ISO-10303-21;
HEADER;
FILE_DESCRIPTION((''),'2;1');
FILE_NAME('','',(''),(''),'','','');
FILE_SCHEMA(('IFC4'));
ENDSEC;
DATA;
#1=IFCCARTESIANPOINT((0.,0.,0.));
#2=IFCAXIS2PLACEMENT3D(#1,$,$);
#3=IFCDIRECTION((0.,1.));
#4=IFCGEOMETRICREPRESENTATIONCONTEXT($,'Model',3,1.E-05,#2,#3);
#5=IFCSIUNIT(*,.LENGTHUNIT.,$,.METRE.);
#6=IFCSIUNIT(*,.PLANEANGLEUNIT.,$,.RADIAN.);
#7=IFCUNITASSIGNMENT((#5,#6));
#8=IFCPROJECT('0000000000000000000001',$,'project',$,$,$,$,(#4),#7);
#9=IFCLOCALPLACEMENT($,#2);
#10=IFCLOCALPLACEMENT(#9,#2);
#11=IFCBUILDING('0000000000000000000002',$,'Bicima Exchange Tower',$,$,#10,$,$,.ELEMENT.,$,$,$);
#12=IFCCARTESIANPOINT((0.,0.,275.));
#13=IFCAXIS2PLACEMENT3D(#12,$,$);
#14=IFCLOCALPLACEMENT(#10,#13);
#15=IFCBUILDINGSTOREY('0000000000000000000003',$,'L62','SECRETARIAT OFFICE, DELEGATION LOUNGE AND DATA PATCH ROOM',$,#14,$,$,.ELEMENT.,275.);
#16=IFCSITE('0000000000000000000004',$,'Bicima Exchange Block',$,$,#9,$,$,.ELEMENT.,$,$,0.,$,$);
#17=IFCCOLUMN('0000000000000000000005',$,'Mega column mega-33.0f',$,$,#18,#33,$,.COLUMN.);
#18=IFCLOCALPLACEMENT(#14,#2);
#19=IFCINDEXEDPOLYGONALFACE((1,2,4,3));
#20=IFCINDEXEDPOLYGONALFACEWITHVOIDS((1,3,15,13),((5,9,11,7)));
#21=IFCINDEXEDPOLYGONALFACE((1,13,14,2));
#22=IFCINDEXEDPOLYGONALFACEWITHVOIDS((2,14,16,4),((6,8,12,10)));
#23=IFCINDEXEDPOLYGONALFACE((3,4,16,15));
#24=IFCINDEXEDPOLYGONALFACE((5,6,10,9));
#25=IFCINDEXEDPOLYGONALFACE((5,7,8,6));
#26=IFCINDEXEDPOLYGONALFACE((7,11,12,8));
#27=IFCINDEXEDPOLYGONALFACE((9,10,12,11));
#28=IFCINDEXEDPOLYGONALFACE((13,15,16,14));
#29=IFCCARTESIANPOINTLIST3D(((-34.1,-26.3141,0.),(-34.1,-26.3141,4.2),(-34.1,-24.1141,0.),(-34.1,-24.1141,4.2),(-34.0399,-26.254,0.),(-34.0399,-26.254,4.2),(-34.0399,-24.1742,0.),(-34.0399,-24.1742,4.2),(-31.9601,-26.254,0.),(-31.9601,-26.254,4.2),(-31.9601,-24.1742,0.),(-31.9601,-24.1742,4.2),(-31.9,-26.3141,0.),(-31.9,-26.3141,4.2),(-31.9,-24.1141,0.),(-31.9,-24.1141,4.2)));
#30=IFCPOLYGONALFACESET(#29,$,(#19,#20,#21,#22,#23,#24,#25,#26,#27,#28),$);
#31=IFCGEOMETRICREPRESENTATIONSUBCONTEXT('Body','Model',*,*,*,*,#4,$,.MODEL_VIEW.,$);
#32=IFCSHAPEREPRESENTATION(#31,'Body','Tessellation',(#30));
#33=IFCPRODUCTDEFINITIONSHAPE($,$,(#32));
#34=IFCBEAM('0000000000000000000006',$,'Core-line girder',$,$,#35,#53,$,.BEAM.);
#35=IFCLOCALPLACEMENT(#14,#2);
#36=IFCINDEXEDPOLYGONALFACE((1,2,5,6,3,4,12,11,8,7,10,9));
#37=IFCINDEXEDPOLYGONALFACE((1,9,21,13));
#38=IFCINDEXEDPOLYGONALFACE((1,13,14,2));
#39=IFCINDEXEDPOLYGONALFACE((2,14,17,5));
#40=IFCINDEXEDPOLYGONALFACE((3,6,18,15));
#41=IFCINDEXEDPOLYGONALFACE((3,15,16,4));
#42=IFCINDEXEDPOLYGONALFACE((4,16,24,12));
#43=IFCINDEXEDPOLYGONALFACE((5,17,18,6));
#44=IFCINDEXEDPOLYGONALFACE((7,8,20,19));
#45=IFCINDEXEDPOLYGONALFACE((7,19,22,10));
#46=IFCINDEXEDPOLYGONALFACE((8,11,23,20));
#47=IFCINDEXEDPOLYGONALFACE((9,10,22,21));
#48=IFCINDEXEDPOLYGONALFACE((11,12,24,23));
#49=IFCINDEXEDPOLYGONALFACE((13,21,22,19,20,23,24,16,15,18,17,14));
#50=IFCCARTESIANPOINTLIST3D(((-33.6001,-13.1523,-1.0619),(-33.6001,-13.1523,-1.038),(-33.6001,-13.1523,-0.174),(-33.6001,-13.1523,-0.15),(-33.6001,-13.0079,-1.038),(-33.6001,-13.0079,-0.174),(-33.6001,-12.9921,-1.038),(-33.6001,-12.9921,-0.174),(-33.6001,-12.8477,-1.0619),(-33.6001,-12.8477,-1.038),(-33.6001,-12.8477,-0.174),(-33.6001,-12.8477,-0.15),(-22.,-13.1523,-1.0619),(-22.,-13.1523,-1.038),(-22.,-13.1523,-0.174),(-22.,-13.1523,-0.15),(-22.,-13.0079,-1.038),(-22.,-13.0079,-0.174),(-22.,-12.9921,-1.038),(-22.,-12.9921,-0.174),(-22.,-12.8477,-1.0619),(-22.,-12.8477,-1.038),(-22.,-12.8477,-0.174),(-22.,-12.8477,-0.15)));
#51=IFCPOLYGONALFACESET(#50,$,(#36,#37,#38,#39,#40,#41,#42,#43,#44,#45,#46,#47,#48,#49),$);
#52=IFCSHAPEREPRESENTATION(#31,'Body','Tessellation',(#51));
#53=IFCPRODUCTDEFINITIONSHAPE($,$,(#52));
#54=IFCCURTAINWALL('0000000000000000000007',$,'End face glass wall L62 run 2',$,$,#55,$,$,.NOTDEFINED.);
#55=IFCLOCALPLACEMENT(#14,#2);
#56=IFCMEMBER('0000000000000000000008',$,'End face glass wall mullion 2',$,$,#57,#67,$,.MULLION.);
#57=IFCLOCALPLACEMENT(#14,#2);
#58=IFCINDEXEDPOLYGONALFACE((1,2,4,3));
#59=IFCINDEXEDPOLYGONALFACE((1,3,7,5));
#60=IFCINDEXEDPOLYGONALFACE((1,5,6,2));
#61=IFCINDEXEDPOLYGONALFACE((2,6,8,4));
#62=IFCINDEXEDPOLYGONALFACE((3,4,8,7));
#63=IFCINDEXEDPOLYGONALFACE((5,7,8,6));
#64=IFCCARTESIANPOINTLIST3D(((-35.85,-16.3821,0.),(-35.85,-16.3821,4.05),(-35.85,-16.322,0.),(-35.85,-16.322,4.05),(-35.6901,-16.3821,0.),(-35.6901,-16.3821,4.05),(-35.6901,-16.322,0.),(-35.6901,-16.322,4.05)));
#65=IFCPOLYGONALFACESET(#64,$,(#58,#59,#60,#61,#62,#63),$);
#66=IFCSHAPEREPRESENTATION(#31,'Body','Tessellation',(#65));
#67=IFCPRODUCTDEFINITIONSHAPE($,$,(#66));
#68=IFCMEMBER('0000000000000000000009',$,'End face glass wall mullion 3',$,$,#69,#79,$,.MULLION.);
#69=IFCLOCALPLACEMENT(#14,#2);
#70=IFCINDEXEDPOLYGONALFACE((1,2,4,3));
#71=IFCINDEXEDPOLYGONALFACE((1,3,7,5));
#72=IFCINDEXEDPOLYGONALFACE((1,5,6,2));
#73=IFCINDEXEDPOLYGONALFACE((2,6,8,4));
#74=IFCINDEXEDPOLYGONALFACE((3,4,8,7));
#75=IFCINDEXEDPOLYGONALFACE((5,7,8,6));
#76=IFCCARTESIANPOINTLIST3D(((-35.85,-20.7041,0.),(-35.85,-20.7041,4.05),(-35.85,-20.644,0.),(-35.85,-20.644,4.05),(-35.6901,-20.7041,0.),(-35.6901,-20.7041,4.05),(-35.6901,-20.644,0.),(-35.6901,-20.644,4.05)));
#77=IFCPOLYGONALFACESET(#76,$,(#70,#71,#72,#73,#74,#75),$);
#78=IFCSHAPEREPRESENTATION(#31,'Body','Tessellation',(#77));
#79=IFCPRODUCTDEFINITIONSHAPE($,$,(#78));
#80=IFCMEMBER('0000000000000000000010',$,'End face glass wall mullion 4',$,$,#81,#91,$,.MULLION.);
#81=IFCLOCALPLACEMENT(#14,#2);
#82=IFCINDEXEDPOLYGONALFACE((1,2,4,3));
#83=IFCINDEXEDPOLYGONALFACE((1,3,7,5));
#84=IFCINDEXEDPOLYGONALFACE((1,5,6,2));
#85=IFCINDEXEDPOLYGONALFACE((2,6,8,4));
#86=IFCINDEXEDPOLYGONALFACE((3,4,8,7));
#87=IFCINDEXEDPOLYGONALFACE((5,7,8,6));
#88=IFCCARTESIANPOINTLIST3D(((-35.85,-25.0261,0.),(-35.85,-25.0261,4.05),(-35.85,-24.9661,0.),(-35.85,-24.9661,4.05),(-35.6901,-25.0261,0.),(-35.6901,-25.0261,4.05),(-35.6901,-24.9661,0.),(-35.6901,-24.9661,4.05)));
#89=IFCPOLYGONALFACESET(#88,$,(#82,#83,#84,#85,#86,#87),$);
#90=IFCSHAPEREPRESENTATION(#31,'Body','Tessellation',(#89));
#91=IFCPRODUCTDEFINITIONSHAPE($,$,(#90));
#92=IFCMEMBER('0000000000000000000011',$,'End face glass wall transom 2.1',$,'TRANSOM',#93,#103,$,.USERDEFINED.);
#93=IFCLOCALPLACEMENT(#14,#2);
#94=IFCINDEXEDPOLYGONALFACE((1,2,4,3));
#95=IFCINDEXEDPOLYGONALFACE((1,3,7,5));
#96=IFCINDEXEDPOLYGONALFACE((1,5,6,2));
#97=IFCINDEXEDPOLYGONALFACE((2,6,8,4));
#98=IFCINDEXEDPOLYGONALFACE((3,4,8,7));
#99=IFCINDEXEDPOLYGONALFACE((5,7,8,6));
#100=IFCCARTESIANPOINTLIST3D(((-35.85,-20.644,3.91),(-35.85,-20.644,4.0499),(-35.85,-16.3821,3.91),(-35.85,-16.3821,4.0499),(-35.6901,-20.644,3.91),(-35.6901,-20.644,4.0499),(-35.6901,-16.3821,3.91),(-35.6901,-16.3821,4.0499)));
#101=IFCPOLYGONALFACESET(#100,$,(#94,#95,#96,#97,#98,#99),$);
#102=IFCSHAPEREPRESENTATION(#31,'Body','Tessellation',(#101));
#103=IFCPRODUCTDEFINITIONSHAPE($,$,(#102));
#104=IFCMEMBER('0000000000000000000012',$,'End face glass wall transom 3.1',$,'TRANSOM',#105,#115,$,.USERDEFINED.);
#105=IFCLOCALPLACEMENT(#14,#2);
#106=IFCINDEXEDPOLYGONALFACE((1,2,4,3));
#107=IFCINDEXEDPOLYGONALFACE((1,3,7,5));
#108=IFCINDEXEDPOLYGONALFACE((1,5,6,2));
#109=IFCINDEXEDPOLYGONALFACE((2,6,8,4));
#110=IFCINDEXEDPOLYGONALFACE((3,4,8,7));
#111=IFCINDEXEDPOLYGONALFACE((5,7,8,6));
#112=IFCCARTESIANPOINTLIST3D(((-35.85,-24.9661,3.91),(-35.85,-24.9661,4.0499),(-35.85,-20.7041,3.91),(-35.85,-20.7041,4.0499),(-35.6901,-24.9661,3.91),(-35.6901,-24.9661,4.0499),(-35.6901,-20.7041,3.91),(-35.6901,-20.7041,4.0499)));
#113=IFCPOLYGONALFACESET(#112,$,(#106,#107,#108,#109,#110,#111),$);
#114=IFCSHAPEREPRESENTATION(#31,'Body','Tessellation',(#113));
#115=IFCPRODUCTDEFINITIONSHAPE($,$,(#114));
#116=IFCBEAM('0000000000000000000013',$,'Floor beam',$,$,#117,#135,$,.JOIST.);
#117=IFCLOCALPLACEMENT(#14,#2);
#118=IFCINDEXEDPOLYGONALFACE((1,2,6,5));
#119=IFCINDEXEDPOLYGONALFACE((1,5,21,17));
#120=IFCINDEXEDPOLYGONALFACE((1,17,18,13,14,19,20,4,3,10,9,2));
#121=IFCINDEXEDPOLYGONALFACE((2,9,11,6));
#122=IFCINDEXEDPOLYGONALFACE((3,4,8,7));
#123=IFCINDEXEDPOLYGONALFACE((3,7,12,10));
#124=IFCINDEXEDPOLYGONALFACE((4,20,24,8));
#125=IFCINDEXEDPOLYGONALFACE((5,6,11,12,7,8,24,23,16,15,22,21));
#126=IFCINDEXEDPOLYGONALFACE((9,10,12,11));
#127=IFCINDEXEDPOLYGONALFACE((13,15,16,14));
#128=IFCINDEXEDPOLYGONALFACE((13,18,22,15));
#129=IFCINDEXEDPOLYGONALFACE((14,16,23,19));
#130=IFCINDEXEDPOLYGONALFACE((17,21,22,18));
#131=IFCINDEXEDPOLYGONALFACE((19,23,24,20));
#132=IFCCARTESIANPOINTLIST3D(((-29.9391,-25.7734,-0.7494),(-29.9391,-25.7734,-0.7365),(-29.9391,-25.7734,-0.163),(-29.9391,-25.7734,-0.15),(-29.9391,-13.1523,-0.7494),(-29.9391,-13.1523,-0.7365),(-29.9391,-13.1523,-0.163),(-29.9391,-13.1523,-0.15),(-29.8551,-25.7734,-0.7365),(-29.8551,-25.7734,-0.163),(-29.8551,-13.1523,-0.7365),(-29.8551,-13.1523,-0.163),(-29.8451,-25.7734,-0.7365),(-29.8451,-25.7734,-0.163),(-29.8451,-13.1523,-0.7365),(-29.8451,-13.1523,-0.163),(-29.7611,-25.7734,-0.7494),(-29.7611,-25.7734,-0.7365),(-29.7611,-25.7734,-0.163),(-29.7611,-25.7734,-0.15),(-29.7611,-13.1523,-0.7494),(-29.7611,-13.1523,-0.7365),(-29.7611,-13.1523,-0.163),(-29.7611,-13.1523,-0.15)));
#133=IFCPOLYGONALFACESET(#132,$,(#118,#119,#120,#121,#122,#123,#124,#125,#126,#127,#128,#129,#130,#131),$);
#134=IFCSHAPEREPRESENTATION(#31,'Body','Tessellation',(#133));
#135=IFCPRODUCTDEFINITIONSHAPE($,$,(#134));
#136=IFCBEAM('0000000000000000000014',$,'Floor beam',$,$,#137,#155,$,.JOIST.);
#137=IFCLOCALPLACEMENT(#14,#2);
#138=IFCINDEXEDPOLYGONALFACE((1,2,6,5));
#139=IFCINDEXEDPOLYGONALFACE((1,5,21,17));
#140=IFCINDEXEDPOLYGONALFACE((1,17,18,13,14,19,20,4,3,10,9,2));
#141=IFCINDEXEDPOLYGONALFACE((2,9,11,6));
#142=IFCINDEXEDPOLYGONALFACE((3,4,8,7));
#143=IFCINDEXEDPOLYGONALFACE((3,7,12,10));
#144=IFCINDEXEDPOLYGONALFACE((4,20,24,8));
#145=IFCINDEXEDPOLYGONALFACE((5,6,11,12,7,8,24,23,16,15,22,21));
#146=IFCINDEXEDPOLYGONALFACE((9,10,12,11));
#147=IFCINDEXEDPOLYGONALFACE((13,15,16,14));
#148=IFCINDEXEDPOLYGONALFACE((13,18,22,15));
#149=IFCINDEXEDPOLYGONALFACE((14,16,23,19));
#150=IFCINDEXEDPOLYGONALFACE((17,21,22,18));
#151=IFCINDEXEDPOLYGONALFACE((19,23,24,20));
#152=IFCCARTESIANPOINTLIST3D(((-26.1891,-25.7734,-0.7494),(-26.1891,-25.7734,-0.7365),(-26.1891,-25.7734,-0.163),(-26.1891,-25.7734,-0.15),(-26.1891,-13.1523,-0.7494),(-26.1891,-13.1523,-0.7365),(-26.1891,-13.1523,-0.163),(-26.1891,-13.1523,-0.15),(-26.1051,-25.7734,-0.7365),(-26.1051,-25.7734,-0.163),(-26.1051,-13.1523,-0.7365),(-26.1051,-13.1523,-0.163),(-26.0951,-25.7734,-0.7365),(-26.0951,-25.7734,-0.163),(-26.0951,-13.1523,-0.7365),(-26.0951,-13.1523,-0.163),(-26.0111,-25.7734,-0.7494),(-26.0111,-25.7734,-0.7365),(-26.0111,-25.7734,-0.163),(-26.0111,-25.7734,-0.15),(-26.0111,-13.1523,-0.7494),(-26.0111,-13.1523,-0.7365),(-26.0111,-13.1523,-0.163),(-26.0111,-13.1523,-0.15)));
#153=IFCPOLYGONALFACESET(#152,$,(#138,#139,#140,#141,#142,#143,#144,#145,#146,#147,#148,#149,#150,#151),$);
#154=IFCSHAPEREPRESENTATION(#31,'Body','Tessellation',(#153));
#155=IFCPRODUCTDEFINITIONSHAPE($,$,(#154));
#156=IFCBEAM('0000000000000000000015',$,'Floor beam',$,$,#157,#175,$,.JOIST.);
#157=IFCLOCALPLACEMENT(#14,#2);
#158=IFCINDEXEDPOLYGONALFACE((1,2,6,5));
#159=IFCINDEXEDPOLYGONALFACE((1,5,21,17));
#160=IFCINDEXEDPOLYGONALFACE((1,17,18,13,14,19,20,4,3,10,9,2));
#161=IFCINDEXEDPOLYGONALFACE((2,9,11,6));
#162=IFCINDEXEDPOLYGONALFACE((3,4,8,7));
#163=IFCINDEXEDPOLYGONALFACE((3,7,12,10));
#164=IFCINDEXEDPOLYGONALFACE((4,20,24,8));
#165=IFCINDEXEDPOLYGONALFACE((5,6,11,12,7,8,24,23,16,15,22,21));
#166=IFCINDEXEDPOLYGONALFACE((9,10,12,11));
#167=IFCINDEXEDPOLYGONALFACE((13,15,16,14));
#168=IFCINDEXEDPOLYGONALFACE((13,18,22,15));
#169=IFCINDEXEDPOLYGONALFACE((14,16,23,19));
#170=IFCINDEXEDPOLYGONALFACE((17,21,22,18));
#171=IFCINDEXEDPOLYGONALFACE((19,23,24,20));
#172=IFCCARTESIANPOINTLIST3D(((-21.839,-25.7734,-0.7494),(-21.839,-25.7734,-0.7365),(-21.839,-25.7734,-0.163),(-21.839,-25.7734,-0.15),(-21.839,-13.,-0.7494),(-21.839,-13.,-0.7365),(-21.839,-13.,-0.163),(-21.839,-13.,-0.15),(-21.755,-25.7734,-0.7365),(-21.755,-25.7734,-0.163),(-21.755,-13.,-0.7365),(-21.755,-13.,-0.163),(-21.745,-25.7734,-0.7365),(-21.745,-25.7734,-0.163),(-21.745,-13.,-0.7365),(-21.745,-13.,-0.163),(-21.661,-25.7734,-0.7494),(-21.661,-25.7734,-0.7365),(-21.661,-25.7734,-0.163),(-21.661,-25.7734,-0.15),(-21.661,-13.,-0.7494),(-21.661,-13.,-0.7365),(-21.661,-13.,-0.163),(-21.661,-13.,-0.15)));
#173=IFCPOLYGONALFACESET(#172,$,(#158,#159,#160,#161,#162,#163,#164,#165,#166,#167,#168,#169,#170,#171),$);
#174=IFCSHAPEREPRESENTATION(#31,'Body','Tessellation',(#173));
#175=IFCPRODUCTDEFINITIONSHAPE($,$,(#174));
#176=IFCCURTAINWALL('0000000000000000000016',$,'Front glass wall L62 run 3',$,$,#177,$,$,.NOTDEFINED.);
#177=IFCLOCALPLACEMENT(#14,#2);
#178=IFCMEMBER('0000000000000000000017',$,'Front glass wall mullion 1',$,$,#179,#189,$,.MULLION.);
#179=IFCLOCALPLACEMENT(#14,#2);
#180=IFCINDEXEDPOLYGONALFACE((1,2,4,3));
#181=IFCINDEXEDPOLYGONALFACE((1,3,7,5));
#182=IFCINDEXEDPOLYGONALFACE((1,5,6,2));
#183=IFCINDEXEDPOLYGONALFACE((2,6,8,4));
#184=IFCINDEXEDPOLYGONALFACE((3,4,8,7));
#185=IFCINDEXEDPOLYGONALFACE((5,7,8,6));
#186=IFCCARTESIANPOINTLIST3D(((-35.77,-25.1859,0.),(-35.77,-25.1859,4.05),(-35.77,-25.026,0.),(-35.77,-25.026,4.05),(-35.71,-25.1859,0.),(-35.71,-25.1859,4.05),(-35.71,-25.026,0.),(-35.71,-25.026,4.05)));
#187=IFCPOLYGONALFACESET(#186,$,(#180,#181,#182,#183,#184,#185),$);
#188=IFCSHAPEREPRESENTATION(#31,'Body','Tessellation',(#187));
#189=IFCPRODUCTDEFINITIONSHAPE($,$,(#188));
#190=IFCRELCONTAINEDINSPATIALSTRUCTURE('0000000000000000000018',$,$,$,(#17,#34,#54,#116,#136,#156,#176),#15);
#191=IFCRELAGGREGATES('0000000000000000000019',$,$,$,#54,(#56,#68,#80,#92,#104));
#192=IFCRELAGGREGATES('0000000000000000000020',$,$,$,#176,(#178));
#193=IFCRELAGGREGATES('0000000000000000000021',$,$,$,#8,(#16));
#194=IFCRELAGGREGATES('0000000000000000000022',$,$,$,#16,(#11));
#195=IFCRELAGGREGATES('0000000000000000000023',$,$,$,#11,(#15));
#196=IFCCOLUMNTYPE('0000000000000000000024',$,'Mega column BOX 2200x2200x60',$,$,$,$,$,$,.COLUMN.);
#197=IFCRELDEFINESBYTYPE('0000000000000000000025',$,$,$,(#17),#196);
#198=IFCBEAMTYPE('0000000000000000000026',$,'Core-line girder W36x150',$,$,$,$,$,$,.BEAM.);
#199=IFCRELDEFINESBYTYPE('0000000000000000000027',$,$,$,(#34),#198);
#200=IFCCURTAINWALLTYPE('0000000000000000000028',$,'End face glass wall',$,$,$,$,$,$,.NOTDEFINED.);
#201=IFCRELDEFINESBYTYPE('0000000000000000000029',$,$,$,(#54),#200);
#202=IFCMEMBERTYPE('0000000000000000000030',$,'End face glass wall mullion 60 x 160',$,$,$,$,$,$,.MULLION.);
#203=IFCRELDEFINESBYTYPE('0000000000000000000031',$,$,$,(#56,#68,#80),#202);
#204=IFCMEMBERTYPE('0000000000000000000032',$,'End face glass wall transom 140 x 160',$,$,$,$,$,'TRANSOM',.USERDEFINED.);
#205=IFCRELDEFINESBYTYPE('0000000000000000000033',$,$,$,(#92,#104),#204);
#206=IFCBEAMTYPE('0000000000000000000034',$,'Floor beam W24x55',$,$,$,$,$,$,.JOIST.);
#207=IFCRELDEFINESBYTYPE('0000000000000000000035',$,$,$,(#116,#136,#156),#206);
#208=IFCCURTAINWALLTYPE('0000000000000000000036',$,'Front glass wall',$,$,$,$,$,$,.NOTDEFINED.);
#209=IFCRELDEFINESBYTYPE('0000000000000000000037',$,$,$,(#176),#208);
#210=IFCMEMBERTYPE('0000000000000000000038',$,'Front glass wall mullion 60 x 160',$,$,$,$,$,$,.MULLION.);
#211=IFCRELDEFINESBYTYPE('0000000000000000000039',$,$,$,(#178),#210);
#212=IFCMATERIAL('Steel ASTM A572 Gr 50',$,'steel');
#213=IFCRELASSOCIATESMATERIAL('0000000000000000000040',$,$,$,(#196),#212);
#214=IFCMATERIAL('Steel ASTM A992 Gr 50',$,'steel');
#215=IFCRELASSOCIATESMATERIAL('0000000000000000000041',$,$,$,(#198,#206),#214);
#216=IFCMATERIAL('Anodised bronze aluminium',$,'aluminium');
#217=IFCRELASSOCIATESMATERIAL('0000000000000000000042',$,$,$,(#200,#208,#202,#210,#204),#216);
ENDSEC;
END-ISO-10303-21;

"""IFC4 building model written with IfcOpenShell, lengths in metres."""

from ifc_helpers import new_model, si_unit, direction, frame, origin, origin_2d, place, context, subcontext, project, spatial, rectangle, hollow_rectangle, i_section, extrude, material, material_profile, profile_set, type_object, element, aggregate, save


model = new_model("IFC4")

# Units and contexts
model_context = context("Model", 3, precision=1e-05, world=origin(), true_north=direction((0.0, 1.0)))
body_context = subcontext(model_context, "Body", "Model", "MODEL_VIEW")
ifc_project = project(units=[si_unit("LENGTHUNIT", "METRE"), si_unit("PLANEANGLEUNIT", "RADIAN")], contexts=[model_context])

# Site, building, storey
site_placement = place(None, origin())
site = spatial("IfcSite", under=ifc_project, at=site_placement, Name="Bicima Exchange Block", CompositionType="ELEMENT", RefElevation=0.0)
building_placement = place(site_placement, origin())
building = spatial("IfcBuilding", under=site, at=building_placement, Name="Bicima Exchange Tower", CompositionType="ELEMENT")
storey_placement = place(building_placement, frame((0.0, 0.0, 275.0)))
storey = spatial("IfcBuildingStorey", under=building, at=storey_placement, Name="L62", Description="SECRETARIAT OFFICE, DELEGATION LOUNGE AND DATA PATCH ROOM", CompositionType="ELEMENT", Elevation=275.0)

# Column
ifc_material_1 = material(Name="Steel ASTM A572 Gr 50", Category="steel")
ifc_material_profile_1 = material_profile(ifc_material_1, hollow_rectangle(XDim=2.2, YDim=2.2, WallThickness=0.0601, at=origin_2d()))
ifc_profile_set_1 = profile_set([ifc_material_profile_1], Name="Steel ASTM A572 Gr 50")
column_type = type_object("IfcColumnType", Name="Mega column BOX 2200x2200x60", PredefinedType="COLUMN", material=ifc_profile_set_1)
column_placement = place(storey_placement, frame((-33.0, -25.2141, 0.0), z_axis=(0.0, 0.0, 1.0), x_axis=(1.0, 0.0, 0.0)))
element("IfcColumn", 1, at=column_placement, inside=storey, type_object=column_type, Name="Mega column mega-33.0f", PredefinedType="COLUMN", context=body_context, shape_type="SweptSolid", body=[
    extrude(hollow_rectangle(XDim=2.2, YDim=2.2, WallThickness=0.0601, at=origin_2d()), origin(), (0.0, 0.0, 1.0), 4.2),
])

# Beam
ifc_material_2 = material(Name="Steel ASTM A992 Gr 50", Category="steel")
ifc_material_profile_2 = material_profile(ifc_material_2, i_section(OverallWidth=0.3047, OverallDepth=0.9119, WebThickness=0.0159, FlangeThickness=0.0239, at=origin_2d()))
ifc_profile_set_2 = profile_set([ifc_material_profile_2], Name="Steel ASTM A992 Gr 50")
beam_type_1 = type_object("IfcBeamType", Name="Core-line girder W36x150", PredefinedType="BEAM", material=ifc_profile_set_2)
beam_1_placement = place(storey_placement, frame((-22.0, -13.0, -0.606), z_axis=(-1.0, 0.0, 0.0), x_axis=(0.0, -1.0, 0.0)))
element("IfcBeam", 2, at=beam_1_placement, inside=storey, type_object=beam_type_1, Name="Core-line girder", PredefinedType="BEAM", context=body_context, shape_type="SweptSolid", body=[
    extrude(i_section(OverallWidth=0.3047, OverallDepth=0.9119, WebThickness=0.0159, FlangeThickness=0.0239, at=origin_2d()), origin(), (0.0, 0.0, 1.0), 11.6001),
])

# Curtain wall, members
ifc_material_3 = material(Name="Anodised bronze aluminium", Category="aluminium")
curtain_wall_type_1 = type_object("IfcCurtainWallType", Name="End face glass wall", PredefinedType="NOTDEFINED", material=ifc_material_3)
curtain_wall_1_placement = place(storey_placement, origin())
curtain_wall_1 = element("IfcCurtainWall", 3, at=curtain_wall_1_placement, inside=storey, type_object=curtain_wall_type_1, Name="End face glass wall L62 run 2", PredefinedType="NOTDEFINED")
ifc_material_profile_3 = material_profile(ifc_material_3, rectangle(XDim=0.1599, YDim=0.0601, at=origin_2d()))
ifc_profile_set_3 = profile_set([ifc_material_profile_3], Name="Anodised bronze aluminium")
member_type_1 = type_object("IfcMemberType", Name="End face glass wall mullion 60 x 160", PredefinedType="MULLION", material=ifc_profile_set_3)
member_1_placement = place(storey_placement, frame((-35.77, -16.3521, 0.0), z_axis=(0.0, 0.0, 1.0), x_axis=(1.0, 0.0, 0.0)))
member_1 = element("IfcMember", 4, at=member_1_placement, type_object=member_type_1, Name="End face glass wall mullion 2", PredefinedType="MULLION", context=body_context, shape_type="SweptSolid", body=[
    extrude(rectangle(XDim=0.1599, YDim=0.0601, at=origin_2d()), origin(), (0.0, 0.0, 1.0), 4.05),
])
member_2_placement = place(storey_placement, frame((-35.77, -20.6741, 0.0), z_axis=(0.0, 0.0, 1.0), x_axis=(1.0, 0.0, 0.0)))
member_2 = element("IfcMember", 5, at=member_2_placement, type_object=member_type_1, Name="End face glass wall mullion 3", PredefinedType="MULLION", context=body_context, shape_type="SweptSolid", body=[
    extrude(rectangle(XDim=0.1599, YDim=0.0601, at=origin_2d()), origin(), (0.0, 0.0, 1.0), 4.05),
])
member_3_placement = place(storey_placement, frame((-35.77, -24.9961, 0.0), z_axis=(0.0, 0.0, 1.0), x_axis=(1.0, 0.0, 0.0)))
member_3 = element("IfcMember", 6, at=member_3_placement, type_object=member_type_1, Name="End face glass wall mullion 4", PredefinedType="MULLION", context=body_context, shape_type="SweptSolid", body=[
    extrude(rectangle(XDim=0.1599, YDim=0.0601, at=origin_2d()), origin(), (0.0, 0.0, 1.0), 4.05),
])
ifc_material_profile_4 = material_profile(ifc_material_3, rectangle(XDim=0.1599, YDim=0.1399, at=origin_2d()))
ifc_profile_set_4 = profile_set([ifc_material_profile_4], Name="Anodised bronze aluminium")
member_type_2 = type_object("IfcMemberType", Name="End face glass wall transom 140 x 160", ElementType="TRANSOM", PredefinedType="USERDEFINED", material=ifc_profile_set_4)
member_4_placement = place(storey_placement, frame((-35.77, -16.3821, 3.98), z_axis=(0.0, -1.0, 0.0), x_axis=(1.0, 0.0, 0.0)))
member_4 = element("IfcMember", 7, at=member_4_placement, type_object=member_type_2, Name="End face glass wall transom 2.1", ObjectType="TRANSOM", PredefinedType="USERDEFINED", context=body_context, shape_type="SweptSolid", body=[
    extrude(rectangle(XDim=0.1599, YDim=0.1399, at=origin_2d()), origin(), (0.0, 0.0, 1.0), 4.262),
])
member_5_placement = place(storey_placement, frame((-35.77, -20.7041, 3.98), z_axis=(0.0, -1.0, 0.0), x_axis=(1.0, 0.0, 0.0)))
member_5 = element("IfcMember", 8, at=member_5_placement, type_object=member_type_2, Name="End face glass wall transom 3.1", ObjectType="TRANSOM", PredefinedType="USERDEFINED", context=body_context, shape_type="SweptSolid", body=[
    extrude(rectangle(XDim=0.1599, YDim=0.1399, at=origin_2d()), origin(), (0.0, 0.0, 1.0), 4.262),
])

# Beams
ifc_material_profile_5 = material_profile(ifc_material_2, i_section(OverallWidth=0.178, OverallDepth=0.5994, WebThickness=0.01, FlangeThickness=0.0129, at=origin_2d()))
ifc_profile_set_5 = profile_set([ifc_material_profile_5], Name="Steel ASTM A992 Gr 50")
beam_type_2 = type_object("IfcBeamType", Name="Floor beam W24x55", PredefinedType="JOIST", material=ifc_profile_set_5)
for number, where, z_axis, x_axis, name in (
    (9, (-29.8501, -13.1523, -0.4497), (0.0, -1.0, 0.0), (1.0, 0.0, 0.0), "Floor beam"),
    (10, (-26.1001, -13.1523, -0.4497), (0.0, -1.0, 0.0), (1.0, 0.0, 0.0), "Floor beam"),
):
    element("IfcBeam", number, at=place(storey_placement, frame(where, z_axis=z_axis, x_axis=x_axis)), inside=storey, type_object=beam_type_2, Name=name, PredefinedType="JOIST", context=body_context, shape_type="SweptSolid", body=[
        extrude(i_section(OverallWidth=0.178, OverallDepth=0.5994, WebThickness=0.01, FlangeThickness=0.0129, at=origin_2d()), origin(), (0.0, 0.0, 1.0), 12.6211),
    ])
beam_2_placement = place(storey_placement, frame((-21.75, -13.0, -0.4497), z_axis=(0.0, -1.0, 0.0), x_axis=(1.0, 0.0, 0.0)))
element("IfcBeam", 11, at=beam_2_placement, inside=storey, type_object=beam_type_2, Name="Floor beam", PredefinedType="JOIST", context=body_context, shape_type="SweptSolid", body=[
    extrude(i_section(OverallWidth=0.178, OverallDepth=0.5994, WebThickness=0.01, FlangeThickness=0.0129, at=origin_2d()), origin(), (0.0, 0.0, 1.0), 12.7734),
])

# Curtain wall, member
curtain_wall_type_2 = type_object("IfcCurtainWallType", Name="Front glass wall", PredefinedType="NOTDEFINED", material=ifc_material_3)
curtain_wall_2_placement = place(storey_placement, origin())
curtain_wall_2 = element("IfcCurtainWall", 12, at=curtain_wall_2_placement, inside=storey, type_object=curtain_wall_type_2, Name="Front glass wall L62 run 3", PredefinedType="NOTDEFINED")
member_type_3 = type_object("IfcMemberType", Name="Front glass wall mullion 60 x 160", PredefinedType="MULLION", material=ifc_profile_set_3)
member_6_placement = place(storey_placement, frame((-35.74, -25.106, 0.0), z_axis=(0.0, 0.0, 1.0), x_axis=(0.0, 1.0, 0.0)))
member_6 = element("IfcMember", 13, at=member_6_placement, type_object=member_type_3, Name="Front glass wall mullion 1", PredefinedType="MULLION", context=body_context, shape_type="SweptSolid", body=[
    extrude(rectangle(XDim=0.1599, YDim=0.0601, at=origin_2d()), origin(), (0.0, 0.0, 1.0), 4.05),
])

aggregate(curtain_wall_1, [member_1, member_2, member_3, member_4, member_5])
aggregate(curtain_wall_2, [member_6])

save(model, "model.ifc")
